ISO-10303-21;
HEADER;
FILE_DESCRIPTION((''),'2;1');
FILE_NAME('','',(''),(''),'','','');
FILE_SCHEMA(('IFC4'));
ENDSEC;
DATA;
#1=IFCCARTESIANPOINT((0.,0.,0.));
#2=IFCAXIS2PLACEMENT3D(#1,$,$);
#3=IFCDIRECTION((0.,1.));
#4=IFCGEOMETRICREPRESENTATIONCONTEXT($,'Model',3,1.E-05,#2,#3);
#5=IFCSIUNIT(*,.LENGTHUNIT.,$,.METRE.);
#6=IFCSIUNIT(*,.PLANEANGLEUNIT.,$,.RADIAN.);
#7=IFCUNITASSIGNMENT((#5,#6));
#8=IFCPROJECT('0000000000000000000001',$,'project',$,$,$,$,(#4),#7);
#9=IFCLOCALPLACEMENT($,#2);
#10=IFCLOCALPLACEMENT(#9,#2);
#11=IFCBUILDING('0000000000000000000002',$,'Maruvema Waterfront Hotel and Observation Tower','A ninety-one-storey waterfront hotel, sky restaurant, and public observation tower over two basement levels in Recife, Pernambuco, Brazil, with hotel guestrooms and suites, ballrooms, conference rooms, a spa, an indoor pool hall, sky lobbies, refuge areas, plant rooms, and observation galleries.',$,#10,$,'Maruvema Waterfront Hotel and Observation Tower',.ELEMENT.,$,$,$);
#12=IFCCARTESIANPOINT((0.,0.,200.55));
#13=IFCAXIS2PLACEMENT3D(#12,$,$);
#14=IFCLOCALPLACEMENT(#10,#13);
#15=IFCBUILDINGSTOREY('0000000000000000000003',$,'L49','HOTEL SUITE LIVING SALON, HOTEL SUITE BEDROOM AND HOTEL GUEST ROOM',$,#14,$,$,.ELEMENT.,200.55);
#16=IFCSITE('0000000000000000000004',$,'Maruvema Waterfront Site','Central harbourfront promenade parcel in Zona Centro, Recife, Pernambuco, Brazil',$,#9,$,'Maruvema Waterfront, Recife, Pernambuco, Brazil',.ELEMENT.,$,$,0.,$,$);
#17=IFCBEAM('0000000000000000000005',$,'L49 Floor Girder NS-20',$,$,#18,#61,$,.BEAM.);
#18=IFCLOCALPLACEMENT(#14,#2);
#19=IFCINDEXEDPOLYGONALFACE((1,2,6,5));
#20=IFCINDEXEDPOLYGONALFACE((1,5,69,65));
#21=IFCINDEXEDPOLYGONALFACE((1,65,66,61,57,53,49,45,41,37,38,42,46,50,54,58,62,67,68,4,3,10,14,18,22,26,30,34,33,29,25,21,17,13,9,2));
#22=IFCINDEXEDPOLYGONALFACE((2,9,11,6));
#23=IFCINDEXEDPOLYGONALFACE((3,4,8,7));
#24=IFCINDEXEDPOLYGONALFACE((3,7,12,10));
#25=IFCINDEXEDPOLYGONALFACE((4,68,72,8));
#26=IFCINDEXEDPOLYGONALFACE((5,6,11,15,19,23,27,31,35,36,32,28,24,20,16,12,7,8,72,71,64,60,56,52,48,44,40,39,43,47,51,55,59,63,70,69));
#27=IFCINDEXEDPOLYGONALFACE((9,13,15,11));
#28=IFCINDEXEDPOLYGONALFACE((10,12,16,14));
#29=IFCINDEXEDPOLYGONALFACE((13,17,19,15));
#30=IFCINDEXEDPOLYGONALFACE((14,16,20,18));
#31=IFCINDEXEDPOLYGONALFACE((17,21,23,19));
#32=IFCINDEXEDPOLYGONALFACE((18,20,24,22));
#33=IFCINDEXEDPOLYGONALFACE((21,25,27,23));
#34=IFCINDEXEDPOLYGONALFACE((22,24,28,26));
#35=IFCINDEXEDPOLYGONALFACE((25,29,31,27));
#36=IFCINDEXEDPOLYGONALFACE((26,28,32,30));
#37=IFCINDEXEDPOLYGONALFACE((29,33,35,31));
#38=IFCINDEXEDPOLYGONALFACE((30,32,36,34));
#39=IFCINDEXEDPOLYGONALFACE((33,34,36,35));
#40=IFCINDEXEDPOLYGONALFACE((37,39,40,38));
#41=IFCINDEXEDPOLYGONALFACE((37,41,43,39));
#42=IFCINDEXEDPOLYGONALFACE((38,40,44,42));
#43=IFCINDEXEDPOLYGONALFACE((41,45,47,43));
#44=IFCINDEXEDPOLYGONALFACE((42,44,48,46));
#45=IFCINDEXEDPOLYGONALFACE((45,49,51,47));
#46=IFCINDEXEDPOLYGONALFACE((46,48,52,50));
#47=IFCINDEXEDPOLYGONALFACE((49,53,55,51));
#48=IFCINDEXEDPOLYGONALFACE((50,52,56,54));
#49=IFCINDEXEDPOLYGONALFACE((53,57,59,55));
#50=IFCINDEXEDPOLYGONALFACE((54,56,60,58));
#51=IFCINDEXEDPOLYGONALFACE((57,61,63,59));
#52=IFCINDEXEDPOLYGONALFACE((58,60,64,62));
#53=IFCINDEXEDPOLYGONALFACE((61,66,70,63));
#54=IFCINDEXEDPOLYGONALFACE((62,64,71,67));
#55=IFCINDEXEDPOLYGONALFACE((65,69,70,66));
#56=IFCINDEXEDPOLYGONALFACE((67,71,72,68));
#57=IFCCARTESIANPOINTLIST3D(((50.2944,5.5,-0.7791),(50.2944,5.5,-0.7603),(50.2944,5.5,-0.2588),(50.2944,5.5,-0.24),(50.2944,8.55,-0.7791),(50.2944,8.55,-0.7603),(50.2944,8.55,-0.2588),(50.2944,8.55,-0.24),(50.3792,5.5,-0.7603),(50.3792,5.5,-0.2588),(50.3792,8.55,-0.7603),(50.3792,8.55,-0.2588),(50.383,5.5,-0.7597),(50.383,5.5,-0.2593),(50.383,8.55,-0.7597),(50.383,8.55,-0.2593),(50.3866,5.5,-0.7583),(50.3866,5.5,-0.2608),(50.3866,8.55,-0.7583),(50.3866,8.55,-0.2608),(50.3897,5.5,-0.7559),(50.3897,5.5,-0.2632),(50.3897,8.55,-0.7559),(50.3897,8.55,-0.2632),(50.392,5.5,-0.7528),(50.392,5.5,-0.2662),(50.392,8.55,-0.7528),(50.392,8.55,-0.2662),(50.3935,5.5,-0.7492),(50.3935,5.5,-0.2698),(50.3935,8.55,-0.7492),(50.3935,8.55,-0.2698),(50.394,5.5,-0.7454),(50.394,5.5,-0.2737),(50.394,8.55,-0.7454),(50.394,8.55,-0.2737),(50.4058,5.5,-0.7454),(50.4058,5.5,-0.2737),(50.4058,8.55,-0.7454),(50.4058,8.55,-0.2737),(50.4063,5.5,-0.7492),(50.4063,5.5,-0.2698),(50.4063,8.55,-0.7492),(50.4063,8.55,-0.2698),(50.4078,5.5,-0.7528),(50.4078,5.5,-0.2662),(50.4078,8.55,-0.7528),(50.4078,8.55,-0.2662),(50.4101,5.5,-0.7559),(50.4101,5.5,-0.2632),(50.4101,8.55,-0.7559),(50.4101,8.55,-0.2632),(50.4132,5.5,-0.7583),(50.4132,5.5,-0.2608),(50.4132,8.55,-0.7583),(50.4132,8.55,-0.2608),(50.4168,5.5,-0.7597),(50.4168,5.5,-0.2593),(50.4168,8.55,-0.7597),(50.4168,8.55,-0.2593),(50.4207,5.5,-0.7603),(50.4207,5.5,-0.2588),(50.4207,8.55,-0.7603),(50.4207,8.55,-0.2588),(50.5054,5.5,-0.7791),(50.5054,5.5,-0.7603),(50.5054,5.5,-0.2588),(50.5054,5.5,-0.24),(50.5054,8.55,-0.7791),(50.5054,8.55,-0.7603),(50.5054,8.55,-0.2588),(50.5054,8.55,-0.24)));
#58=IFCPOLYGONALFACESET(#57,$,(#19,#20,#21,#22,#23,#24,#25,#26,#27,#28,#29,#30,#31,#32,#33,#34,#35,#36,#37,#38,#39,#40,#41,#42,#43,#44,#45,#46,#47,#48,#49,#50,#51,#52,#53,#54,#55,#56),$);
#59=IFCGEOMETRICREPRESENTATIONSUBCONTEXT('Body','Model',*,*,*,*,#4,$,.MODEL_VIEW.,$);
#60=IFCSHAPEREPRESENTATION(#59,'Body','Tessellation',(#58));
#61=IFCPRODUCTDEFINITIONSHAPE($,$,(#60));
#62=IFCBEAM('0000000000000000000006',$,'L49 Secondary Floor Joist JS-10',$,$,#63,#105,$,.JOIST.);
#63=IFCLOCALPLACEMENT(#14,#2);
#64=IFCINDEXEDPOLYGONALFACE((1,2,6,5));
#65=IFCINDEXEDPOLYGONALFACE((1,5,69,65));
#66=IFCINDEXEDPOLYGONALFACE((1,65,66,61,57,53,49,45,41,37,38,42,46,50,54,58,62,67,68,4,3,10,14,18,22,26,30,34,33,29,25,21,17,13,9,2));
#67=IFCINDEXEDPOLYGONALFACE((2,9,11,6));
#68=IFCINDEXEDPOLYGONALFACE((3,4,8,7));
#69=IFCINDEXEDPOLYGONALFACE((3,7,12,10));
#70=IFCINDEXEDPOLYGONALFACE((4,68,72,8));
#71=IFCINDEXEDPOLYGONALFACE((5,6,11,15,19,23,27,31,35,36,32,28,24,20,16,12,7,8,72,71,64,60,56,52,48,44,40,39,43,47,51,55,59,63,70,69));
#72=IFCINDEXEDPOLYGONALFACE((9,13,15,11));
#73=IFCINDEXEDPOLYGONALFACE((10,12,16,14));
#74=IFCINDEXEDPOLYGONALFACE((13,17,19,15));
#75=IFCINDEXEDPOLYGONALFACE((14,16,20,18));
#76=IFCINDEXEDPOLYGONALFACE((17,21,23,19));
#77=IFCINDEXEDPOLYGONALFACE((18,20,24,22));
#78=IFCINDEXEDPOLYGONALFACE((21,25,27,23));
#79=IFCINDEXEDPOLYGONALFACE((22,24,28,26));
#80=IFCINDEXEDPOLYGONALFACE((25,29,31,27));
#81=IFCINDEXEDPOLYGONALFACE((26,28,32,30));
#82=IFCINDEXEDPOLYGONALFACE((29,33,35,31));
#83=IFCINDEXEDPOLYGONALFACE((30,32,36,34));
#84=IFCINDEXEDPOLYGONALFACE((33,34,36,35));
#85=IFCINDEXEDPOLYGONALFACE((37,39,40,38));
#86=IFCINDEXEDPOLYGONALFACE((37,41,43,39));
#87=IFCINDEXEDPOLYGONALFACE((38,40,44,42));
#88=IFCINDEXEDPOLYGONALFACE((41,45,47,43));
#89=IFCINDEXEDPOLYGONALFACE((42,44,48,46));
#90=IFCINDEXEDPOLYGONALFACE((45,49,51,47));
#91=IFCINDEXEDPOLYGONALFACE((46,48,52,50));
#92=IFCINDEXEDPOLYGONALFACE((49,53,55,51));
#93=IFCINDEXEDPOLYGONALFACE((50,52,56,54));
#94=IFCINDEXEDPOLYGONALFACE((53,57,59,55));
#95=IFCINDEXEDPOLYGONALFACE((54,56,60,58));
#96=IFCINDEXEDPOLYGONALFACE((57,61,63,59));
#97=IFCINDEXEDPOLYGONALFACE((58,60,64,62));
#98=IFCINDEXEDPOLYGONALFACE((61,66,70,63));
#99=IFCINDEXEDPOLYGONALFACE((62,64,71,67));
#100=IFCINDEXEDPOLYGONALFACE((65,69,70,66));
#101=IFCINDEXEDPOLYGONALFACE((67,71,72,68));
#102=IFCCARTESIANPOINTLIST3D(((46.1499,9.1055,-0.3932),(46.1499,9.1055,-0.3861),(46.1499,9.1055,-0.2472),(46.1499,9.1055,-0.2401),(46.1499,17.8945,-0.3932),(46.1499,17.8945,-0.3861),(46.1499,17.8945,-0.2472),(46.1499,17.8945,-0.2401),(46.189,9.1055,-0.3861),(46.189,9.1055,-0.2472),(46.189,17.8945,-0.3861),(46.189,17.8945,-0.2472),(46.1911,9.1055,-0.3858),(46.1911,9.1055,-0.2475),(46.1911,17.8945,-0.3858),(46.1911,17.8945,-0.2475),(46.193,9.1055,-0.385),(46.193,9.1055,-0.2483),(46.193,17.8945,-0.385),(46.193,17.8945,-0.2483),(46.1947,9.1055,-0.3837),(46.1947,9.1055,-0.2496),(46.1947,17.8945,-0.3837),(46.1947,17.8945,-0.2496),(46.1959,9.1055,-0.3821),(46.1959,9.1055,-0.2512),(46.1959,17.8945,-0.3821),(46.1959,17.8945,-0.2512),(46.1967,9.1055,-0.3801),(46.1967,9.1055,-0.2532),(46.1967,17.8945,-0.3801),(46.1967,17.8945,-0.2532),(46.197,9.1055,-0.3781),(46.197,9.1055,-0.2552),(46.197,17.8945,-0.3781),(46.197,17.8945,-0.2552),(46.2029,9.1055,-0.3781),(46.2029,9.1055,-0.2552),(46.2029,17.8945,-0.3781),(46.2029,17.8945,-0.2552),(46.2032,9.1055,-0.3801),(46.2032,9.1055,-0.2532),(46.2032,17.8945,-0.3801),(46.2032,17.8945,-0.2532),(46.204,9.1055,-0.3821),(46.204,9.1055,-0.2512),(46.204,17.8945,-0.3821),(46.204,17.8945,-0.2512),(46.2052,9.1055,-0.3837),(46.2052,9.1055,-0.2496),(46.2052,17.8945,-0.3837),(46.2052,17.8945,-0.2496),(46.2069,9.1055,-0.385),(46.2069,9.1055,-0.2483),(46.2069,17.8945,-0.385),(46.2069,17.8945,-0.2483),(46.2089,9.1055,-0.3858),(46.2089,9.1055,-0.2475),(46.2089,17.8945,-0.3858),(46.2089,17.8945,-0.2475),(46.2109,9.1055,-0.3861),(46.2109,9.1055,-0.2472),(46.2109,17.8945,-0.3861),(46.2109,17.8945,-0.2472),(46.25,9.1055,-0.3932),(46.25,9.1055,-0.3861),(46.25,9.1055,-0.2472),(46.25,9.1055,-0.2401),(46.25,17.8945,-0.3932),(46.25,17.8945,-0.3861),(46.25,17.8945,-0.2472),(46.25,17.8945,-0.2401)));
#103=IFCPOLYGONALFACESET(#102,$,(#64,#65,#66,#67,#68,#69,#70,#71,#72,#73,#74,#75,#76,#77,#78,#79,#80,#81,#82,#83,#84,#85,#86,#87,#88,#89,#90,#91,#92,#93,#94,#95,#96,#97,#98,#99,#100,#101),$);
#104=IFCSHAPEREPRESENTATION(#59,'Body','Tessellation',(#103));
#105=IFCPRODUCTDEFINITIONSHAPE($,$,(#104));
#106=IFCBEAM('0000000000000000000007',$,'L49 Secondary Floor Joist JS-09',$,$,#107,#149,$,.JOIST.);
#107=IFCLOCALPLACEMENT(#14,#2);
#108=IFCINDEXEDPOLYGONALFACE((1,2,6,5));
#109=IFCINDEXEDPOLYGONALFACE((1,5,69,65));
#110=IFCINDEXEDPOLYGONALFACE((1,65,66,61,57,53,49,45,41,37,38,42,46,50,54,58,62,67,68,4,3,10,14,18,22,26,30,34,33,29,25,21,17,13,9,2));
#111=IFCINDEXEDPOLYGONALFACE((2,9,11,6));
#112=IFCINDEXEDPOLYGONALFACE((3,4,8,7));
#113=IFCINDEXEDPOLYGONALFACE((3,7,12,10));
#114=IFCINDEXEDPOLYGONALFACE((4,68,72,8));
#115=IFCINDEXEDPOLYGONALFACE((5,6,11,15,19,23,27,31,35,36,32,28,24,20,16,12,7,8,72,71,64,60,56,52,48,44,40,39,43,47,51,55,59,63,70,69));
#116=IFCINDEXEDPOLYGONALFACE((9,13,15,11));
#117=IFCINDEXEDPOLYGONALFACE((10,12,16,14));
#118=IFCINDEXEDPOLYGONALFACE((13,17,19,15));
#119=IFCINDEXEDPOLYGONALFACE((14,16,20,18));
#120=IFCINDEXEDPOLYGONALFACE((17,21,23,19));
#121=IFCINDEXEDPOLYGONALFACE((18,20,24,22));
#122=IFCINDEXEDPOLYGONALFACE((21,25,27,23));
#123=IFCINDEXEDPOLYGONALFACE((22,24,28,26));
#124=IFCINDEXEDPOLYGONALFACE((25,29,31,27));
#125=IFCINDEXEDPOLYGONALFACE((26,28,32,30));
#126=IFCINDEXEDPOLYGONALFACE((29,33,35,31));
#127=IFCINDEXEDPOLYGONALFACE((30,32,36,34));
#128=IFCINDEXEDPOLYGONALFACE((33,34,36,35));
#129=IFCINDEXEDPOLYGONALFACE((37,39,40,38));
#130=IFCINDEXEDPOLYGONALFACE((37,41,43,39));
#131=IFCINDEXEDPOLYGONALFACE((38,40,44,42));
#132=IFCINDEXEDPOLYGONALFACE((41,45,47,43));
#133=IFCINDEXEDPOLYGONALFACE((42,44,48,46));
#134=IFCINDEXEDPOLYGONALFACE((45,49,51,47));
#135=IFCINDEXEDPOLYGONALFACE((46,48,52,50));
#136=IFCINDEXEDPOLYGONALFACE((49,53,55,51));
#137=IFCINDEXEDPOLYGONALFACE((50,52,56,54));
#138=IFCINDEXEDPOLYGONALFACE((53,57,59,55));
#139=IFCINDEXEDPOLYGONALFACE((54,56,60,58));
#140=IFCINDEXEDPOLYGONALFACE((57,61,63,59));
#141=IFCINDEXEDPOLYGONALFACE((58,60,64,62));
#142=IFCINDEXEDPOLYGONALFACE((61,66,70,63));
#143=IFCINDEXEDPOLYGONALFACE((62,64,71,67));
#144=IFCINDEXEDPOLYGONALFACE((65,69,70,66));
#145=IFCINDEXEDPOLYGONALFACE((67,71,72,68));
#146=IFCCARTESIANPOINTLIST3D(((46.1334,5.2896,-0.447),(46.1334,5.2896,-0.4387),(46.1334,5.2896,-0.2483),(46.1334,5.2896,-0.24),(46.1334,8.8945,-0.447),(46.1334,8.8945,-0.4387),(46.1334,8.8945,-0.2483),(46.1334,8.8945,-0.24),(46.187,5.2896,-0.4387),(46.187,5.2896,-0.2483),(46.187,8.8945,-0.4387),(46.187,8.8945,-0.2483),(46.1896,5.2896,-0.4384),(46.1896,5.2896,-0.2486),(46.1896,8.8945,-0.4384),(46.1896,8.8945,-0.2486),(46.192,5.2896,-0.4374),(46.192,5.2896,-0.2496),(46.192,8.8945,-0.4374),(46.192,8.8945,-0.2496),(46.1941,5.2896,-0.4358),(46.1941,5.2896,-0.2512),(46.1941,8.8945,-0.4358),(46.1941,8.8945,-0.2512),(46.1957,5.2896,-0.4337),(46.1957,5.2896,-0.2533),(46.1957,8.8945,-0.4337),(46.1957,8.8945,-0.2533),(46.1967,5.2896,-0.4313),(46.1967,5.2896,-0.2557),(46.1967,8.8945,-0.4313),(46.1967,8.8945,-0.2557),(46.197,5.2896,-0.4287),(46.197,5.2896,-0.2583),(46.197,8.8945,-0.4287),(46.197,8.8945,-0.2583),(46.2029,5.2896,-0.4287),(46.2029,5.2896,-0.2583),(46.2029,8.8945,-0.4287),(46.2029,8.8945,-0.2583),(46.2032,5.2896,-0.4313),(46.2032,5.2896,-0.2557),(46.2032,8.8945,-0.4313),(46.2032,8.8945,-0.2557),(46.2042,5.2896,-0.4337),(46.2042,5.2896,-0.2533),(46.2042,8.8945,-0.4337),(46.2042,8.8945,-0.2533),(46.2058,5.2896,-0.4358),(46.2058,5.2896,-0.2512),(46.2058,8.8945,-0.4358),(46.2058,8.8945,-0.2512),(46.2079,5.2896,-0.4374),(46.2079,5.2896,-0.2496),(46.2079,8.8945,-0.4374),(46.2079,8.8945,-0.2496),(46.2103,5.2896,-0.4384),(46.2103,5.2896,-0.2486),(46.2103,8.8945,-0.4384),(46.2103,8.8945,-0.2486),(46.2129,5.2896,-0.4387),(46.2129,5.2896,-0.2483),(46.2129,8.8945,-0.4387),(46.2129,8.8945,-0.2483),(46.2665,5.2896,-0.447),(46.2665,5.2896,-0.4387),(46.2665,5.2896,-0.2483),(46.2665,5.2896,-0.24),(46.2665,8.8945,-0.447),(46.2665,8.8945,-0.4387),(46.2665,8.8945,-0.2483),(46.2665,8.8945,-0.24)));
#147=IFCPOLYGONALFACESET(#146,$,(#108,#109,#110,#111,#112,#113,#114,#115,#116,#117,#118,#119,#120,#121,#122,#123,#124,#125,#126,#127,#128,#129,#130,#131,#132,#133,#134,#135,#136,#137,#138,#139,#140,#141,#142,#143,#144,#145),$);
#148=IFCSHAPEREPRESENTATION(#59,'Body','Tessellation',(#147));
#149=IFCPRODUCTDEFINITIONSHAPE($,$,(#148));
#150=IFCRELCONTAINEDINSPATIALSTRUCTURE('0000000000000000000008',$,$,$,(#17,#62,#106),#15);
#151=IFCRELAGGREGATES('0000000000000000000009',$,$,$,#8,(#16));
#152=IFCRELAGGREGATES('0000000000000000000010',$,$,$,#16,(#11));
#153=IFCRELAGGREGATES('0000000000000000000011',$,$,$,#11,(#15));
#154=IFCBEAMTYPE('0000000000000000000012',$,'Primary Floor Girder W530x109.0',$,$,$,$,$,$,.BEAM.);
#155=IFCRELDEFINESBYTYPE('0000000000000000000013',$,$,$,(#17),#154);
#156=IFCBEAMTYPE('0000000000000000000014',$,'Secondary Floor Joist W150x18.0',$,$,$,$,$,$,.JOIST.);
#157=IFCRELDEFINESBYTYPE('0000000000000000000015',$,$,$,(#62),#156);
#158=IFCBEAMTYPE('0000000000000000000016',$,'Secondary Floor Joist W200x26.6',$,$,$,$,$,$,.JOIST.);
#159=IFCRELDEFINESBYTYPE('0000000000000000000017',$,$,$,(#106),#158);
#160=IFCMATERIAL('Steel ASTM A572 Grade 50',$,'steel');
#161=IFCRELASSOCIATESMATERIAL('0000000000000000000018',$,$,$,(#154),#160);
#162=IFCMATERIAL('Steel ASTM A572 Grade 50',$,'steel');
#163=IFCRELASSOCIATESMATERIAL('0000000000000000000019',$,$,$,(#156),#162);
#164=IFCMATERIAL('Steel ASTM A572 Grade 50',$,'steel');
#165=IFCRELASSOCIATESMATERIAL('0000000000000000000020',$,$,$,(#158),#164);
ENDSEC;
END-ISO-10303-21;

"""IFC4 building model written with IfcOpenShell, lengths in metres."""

from ifc_helpers import new_model, si_unit, direction, frame, origin, origin_2d, place, context, subcontext, project, spatial, i_section, extrude, material, material_profile, profile_set, type_object, element, save


model = new_model("IFC4")

# Units and contexts
model_context = context("Model", 3, precision=1e-05, world=origin(), true_north=direction((0.0, 1.0)))
body_context = subcontext(model_context, "Body", "Model", "MODEL_VIEW")
ifc_project = project(units=[si_unit("LENGTHUNIT", "METRE"), si_unit("PLANEANGLEUNIT", "RADIAN")], contexts=[model_context])

# Site, building, storey
site_placement = place(None, origin())
site = spatial("IfcSite", under=ifc_project, at=site_placement, Name="Maruvema Waterfront Site", Description="Central harbourfront promenade parcel in Zona Centro, Recife, Pernambuco, Brazil", LongName="Maruvema Waterfront, Recife, Pernambuco, Brazil", CompositionType="ELEMENT", RefElevation=0.0)
building_placement = place(site_placement, origin())
building = spatial("IfcBuilding", under=site, at=building_placement, Name="Maruvema Waterfront Hotel and Observation Tower", Description="A ninety-one-storey waterfront hotel, sky restaurant, and public observation tower over two basement levels in Recife, Pernambuco, Brazil, with hotel guestrooms and suites, ballrooms, conference rooms, a spa, an indoor pool hall, sky lobbies, refuge areas, plant rooms, and observation galleries.", LongName="Maruvema Waterfront Hotel and Observation Tower", CompositionType="ELEMENT")
storey_placement = place(building_placement, frame((0.0, 0.0, 200.55)))
storey = spatial("IfcBuildingStorey", under=building, at=storey_placement, Name="L49", Description="HOTEL SUITE LIVING SALON, HOTEL SUITE BEDROOM AND HOTEL GUEST ROOM", CompositionType="ELEMENT", Elevation=200.55)

# Beams
ifc_material_1 = material(Name="Steel ASTM A572 Grade 50", Category="steel")
ifc_material_profile_1 = material_profile(ifc_material_1, i_section(OverallWidth=0.2109, OverallDepth=0.5391, WebThickness=0.0117, FlangeThickness=0.0188, FilletRadius=0.0149, at=origin_2d()), Name="W530x109.0")
ifc_profile_set_1 = profile_set([ifc_material_profile_1], Name="Steel ASTM A572 Grade 50")
beam_type_1 = type_object("IfcBeamType", Name="Primary Floor Girder W530x109.0", PredefinedType="BEAM", material=ifc_profile_set_1)
beam_1_placement = place(storey_placement, frame((50.3999, 5.5, -0.5095), z_axis=(0.0, 1.0, 0.0), x_axis=(-1.0, 0.0, 0.0)))
element("IfcBeam", 1, at=beam_1_placement, inside=storey, type_object=beam_type_1, Name="L49 Floor Girder NS-20", PredefinedType="BEAM", context=body_context, shape_type="SweptSolid", body=[
    extrude(i_section(OverallWidth=0.2109, OverallDepth=0.5391, WebThickness=0.0117, FlangeThickness=0.0188, FilletRadius=0.0149, at=origin_2d()), origin(), (0.0, 0.0, 1.0), 3.05),
])
ifc_material_2 = material(Name="Steel ASTM A572 Grade 50", Category="steel")
ifc_material_profile_2 = material_profile(ifc_material_2, i_section(OverallWidth=0.1001, OverallDepth=0.1531, WebThickness=0.0059, FlangeThickness=0.0071, FilletRadius=0.0081, at=origin_2d()), Name="W150x18.0")
ifc_profile_set_2 = profile_set([ifc_material_profile_2], Name="Steel ASTM A572 Grade 50")
beam_type_2 = type_object("IfcBeamType", Name="Secondary Floor Joist W150x18.0", PredefinedType="JOIST", material=ifc_profile_set_2)
beam_2_placement = place(storey_placement, frame((46.2, 9.1055, -0.3167), z_axis=(0.0, 1.0, 0.0), x_axis=(-1.0, 0.0, 0.0)))
element("IfcBeam", 2, at=beam_2_placement, inside=storey, type_object=beam_type_2, Name="L49 Secondary Floor Joist JS-10", PredefinedType="JOIST", context=body_context, shape_type="SweptSolid", body=[
    extrude(i_section(OverallWidth=0.1001, OverallDepth=0.1531, WebThickness=0.0059, FlangeThickness=0.0071, FilletRadius=0.0081, at=origin_2d()), origin(), (0.0, 0.0, 1.0), 8.7891),
])
ifc_material_3 = material(Name="Steel ASTM A572 Grade 50", Category="steel")
ifc_material_profile_3 = material_profile(ifc_material_3, i_section(OverallWidth=0.1331, OverallDepth=0.207, WebThickness=0.0059, FlangeThickness=0.0083, FilletRadius=0.01, at=origin_2d()), Name="W200x26.6")
ifc_profile_set_3 = profile_set([ifc_material_profile_3], Name="Steel ASTM A572 Grade 50")
beam_type_3 = type_object("IfcBeamType", Name="Secondary Floor Joist W200x26.6", PredefinedType="JOIST", material=ifc_profile_set_3)
beam_3_placement = place(storey_placement, frame((46.2, 5.2896, -0.3435), z_axis=(0.0, 1.0, 0.0), x_axis=(-1.0, 0.0, 0.0)))
element("IfcBeam", 3, at=beam_3_placement, inside=storey, type_object=beam_type_3, Name="L49 Secondary Floor Joist JS-09", PredefinedType="JOIST", context=body_context, shape_type="SweptSolid", body=[
    extrude(i_section(OverallWidth=0.1331, OverallDepth=0.207, WebThickness=0.0059, FlangeThickness=0.0083, FilletRadius=0.01, at=origin_2d()), origin(), (0.0, 0.0, 1.0), 3.605),
])

save(model, "model.ifc")
